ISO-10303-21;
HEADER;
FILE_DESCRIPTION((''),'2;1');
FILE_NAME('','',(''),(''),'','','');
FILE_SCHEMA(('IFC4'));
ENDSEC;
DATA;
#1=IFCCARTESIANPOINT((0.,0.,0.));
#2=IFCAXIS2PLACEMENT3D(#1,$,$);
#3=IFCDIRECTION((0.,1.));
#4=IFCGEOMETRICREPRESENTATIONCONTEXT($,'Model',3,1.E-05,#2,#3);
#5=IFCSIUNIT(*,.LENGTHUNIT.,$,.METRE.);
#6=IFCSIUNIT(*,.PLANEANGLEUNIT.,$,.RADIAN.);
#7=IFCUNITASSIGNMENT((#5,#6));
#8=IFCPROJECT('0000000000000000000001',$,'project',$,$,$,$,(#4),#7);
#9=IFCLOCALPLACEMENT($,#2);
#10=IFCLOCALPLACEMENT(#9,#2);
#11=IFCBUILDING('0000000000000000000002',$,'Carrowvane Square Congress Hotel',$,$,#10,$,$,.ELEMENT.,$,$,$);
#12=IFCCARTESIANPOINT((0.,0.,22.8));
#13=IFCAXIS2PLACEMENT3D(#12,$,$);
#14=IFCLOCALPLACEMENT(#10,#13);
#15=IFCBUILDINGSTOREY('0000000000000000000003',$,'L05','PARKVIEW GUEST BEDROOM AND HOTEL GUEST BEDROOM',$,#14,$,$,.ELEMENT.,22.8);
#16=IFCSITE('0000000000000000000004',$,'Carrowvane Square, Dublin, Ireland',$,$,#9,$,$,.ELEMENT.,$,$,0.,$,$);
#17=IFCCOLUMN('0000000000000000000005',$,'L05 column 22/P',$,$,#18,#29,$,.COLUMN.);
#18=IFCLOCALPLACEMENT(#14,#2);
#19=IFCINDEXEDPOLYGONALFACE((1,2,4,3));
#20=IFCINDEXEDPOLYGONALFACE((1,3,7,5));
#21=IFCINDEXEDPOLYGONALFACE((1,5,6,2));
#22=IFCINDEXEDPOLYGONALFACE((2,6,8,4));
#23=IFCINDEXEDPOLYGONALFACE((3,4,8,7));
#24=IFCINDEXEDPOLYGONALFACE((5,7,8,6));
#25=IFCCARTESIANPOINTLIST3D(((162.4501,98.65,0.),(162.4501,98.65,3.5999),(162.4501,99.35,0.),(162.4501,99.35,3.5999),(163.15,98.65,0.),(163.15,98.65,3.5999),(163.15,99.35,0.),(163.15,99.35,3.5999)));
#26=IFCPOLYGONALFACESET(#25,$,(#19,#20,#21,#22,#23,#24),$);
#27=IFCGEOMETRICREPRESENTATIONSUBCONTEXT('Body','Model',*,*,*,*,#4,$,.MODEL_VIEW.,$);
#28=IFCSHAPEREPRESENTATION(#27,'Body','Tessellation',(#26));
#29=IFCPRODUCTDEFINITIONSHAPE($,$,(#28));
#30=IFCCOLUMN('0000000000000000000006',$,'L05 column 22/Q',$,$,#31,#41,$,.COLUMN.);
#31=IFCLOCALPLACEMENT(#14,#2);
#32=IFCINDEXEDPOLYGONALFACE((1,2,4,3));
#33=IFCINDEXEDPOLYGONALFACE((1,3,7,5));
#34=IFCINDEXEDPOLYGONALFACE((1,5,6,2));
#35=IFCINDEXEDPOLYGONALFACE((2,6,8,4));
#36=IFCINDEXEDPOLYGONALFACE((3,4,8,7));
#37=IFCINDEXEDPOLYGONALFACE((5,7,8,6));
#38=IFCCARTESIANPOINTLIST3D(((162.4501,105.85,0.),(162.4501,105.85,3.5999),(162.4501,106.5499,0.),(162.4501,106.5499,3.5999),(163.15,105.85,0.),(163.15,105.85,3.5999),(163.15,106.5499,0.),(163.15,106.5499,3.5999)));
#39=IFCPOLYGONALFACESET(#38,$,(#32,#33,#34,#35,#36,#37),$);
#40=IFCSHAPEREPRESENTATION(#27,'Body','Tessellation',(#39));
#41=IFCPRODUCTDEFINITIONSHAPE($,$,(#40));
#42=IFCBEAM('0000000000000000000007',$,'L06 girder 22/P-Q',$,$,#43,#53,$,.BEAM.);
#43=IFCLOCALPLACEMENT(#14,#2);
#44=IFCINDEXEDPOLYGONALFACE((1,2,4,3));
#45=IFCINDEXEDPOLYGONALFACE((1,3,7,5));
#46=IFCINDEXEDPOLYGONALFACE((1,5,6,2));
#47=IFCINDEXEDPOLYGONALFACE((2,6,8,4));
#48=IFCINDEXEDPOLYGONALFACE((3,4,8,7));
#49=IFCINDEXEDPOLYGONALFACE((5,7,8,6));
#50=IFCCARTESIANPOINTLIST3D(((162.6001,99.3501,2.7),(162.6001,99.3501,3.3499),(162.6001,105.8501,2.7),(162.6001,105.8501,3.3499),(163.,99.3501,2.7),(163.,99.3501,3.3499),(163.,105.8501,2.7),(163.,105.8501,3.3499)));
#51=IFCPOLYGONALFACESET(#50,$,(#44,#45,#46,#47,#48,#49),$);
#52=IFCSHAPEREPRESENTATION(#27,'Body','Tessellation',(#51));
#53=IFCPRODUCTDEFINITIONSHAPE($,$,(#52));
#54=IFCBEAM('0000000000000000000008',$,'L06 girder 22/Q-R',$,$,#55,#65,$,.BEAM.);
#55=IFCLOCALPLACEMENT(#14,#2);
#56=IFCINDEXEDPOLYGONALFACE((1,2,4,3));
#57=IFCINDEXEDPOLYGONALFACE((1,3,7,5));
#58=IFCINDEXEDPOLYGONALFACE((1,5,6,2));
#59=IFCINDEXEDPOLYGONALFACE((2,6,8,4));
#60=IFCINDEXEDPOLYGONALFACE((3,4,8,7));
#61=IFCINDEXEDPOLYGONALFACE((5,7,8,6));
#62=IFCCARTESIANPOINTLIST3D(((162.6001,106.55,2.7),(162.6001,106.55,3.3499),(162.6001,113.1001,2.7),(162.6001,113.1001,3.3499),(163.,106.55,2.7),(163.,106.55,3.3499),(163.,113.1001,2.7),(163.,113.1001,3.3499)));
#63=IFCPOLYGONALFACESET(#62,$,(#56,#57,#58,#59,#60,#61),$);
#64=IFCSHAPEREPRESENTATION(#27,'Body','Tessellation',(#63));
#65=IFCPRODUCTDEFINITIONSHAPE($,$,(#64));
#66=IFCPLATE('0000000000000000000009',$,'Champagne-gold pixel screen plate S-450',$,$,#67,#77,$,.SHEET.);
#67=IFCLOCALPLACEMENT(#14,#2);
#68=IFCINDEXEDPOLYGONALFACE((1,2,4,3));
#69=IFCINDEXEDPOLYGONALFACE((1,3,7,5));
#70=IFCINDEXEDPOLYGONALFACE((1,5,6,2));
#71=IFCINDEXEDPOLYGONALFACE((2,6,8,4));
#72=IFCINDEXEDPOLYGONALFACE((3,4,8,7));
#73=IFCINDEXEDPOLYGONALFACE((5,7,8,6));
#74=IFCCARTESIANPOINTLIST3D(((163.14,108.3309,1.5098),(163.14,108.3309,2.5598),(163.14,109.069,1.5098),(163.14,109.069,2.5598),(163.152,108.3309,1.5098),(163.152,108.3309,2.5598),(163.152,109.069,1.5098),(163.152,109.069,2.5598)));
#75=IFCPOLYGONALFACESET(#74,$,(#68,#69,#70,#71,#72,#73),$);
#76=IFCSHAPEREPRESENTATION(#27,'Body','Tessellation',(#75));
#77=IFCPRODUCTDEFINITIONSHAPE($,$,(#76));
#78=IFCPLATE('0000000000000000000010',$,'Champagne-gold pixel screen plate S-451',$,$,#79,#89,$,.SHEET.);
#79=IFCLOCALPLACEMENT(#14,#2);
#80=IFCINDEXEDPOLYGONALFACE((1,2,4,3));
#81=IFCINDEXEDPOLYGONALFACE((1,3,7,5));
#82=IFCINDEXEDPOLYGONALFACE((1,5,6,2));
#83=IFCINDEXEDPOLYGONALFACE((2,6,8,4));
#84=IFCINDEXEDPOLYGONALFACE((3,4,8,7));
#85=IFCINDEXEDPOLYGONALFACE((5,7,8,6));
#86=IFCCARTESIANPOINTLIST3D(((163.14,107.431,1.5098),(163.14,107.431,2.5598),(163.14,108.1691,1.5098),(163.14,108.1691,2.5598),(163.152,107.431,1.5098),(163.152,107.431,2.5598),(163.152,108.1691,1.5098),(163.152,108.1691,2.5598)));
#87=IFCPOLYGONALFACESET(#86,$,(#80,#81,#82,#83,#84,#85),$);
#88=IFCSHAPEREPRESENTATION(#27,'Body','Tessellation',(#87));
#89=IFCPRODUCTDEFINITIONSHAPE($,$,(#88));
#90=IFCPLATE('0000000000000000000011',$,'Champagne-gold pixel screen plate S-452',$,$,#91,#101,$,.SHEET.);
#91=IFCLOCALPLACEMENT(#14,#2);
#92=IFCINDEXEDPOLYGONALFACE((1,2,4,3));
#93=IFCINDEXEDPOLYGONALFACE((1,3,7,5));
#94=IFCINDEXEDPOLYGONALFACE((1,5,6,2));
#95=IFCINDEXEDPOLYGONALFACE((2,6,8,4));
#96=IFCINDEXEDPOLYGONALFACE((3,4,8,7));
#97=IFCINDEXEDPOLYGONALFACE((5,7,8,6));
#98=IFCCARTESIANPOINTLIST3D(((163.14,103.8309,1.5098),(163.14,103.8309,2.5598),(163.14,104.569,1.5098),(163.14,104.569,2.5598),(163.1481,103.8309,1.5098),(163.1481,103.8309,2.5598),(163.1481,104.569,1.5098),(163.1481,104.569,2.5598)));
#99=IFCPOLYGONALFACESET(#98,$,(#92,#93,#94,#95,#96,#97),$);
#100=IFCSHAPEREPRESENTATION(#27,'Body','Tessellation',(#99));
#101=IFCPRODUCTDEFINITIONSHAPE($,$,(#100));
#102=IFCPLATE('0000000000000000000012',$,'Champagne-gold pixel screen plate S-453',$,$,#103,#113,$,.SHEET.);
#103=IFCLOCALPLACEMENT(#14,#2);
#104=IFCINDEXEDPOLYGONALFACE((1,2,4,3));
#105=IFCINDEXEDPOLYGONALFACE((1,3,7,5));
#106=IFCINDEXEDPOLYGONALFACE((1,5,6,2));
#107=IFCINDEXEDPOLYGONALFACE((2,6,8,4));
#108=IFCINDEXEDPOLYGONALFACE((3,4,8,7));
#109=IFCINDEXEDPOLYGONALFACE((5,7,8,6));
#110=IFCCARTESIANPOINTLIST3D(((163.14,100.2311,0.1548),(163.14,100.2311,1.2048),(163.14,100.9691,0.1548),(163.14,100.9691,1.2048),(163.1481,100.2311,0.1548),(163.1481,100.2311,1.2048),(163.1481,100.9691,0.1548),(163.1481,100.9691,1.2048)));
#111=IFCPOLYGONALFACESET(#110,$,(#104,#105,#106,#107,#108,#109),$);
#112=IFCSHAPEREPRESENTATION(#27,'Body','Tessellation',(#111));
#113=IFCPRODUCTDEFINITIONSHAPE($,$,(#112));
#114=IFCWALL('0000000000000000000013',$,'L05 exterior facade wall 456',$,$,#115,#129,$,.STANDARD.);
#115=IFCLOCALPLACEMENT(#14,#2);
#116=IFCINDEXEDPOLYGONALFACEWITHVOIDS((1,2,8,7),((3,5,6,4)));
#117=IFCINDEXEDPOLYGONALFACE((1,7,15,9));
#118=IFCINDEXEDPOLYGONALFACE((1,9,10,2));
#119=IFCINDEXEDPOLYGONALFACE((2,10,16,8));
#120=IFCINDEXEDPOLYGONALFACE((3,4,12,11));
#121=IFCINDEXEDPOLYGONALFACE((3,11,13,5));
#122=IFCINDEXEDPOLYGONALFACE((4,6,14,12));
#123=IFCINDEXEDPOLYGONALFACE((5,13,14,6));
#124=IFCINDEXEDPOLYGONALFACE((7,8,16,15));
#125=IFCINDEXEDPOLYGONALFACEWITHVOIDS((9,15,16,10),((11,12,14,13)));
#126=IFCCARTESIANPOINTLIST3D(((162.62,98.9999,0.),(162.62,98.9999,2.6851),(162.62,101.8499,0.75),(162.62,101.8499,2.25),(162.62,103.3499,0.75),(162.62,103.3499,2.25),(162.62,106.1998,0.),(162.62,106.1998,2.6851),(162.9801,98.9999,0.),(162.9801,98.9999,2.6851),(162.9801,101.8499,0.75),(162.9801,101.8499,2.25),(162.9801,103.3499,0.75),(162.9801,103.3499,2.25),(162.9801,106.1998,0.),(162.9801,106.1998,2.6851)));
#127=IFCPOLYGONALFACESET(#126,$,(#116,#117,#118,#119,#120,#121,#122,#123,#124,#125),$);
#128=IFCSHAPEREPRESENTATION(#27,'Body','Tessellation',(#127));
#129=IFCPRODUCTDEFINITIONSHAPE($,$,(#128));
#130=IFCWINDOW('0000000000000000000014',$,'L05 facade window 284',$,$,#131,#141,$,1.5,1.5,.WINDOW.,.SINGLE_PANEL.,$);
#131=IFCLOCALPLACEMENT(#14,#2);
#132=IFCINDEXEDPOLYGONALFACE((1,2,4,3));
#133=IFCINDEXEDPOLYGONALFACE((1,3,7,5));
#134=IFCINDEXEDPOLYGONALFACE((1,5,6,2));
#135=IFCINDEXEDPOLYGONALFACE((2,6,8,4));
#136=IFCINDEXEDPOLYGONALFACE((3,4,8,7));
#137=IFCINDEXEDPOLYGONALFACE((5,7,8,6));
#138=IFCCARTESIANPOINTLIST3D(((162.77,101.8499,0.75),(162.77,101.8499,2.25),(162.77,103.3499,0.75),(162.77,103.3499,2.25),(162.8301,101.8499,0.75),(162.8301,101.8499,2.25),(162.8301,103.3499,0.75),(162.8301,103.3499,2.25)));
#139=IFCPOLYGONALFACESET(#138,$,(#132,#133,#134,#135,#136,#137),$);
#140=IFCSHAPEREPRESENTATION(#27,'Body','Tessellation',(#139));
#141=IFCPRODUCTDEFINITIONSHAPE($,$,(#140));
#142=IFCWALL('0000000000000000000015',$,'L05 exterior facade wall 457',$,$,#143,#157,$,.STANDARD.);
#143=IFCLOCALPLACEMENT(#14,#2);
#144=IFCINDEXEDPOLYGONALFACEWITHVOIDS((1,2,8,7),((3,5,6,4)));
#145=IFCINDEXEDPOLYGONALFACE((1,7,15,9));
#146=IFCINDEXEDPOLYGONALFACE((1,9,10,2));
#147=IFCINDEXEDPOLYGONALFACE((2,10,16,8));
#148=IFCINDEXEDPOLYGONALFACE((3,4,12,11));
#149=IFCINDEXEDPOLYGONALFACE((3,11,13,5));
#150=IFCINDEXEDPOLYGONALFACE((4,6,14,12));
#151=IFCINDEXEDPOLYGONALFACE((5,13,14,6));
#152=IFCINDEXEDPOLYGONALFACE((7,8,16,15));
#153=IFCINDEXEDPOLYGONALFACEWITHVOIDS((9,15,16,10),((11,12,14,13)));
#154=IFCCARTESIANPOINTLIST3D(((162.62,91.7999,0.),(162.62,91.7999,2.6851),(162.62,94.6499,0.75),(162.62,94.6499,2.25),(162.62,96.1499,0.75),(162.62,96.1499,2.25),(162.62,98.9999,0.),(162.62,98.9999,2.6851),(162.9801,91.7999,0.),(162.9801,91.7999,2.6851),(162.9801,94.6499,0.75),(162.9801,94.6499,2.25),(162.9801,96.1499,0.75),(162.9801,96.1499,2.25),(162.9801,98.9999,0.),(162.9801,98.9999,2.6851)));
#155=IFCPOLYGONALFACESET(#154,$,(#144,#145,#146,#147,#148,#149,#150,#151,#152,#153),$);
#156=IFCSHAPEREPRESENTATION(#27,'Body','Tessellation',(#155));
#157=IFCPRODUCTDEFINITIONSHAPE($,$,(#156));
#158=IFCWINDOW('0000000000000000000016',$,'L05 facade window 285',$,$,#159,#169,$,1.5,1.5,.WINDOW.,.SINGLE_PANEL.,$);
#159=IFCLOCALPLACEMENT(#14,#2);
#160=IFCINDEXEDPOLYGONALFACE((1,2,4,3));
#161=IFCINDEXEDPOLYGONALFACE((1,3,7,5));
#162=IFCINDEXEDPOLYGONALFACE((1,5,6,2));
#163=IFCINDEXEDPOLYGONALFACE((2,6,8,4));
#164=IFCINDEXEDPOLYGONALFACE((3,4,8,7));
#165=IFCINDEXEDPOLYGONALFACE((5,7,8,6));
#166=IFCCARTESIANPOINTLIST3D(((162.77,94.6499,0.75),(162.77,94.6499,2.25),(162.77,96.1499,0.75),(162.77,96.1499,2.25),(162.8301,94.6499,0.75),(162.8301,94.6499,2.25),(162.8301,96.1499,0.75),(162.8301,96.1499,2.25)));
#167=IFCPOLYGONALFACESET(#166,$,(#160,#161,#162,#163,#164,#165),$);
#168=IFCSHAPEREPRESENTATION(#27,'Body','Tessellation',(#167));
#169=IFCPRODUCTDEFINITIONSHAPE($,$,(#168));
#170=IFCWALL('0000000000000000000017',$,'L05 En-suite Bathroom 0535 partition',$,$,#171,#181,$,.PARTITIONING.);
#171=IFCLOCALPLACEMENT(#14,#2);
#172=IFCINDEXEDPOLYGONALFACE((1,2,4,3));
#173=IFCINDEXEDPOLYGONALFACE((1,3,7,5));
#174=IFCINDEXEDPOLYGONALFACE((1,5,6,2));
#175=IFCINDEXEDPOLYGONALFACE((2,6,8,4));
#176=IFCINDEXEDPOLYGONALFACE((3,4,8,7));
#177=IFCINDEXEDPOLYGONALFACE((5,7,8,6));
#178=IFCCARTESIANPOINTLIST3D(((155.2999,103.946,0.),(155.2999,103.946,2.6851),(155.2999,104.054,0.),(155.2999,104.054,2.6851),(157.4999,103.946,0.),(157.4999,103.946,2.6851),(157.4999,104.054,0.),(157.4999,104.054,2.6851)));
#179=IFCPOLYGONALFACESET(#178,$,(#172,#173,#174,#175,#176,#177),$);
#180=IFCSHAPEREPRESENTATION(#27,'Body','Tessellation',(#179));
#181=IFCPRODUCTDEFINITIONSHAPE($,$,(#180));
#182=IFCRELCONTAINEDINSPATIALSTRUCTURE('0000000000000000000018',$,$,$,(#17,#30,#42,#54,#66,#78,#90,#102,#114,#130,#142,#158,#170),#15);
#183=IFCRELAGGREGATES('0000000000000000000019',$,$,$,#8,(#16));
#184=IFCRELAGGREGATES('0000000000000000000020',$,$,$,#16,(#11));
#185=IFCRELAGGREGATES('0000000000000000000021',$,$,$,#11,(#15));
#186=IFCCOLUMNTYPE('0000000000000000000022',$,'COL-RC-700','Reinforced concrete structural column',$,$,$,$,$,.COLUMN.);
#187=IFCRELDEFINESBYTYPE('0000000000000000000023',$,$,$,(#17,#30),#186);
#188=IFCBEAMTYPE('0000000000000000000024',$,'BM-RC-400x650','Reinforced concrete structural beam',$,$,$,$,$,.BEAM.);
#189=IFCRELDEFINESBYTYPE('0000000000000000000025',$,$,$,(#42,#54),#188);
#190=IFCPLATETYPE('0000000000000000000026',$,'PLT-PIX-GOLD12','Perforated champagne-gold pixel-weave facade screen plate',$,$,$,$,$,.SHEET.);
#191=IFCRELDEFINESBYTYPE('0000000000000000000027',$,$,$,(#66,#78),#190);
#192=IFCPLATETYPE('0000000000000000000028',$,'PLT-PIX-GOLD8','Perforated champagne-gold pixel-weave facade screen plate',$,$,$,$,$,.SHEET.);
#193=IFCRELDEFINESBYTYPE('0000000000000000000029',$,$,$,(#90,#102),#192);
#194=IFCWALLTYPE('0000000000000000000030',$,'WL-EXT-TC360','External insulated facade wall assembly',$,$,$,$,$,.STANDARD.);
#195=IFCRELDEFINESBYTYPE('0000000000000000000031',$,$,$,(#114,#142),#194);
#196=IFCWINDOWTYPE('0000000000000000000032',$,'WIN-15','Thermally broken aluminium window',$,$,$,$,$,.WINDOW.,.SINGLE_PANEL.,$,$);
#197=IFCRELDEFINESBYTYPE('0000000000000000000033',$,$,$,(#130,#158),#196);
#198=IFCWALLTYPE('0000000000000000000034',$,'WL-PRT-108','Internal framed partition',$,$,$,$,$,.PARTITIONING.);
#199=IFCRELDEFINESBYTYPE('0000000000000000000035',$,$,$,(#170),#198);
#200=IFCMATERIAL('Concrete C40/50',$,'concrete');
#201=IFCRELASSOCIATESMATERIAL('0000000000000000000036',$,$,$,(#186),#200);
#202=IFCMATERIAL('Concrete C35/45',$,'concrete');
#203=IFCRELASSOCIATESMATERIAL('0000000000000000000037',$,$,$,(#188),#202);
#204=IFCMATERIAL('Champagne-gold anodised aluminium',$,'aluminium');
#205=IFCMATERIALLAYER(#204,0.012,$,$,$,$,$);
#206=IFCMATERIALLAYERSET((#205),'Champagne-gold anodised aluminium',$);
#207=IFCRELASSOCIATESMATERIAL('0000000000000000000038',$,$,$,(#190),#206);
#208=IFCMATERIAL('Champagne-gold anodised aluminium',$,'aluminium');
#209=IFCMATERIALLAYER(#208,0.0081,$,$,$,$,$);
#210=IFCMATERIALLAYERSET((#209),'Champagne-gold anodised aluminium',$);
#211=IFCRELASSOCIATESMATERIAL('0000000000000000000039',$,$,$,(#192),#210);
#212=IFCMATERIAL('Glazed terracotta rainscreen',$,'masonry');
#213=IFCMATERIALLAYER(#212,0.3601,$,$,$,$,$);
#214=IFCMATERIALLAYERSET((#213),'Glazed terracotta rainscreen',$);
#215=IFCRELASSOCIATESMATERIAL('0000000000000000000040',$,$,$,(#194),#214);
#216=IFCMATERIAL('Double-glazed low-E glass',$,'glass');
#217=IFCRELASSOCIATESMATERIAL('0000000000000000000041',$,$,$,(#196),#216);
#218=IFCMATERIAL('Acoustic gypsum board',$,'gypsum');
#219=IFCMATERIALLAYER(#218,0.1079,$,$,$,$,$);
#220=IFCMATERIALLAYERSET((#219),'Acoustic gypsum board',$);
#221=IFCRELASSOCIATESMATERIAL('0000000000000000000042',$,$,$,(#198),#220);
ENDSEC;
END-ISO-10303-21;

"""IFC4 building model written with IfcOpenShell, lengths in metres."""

from ifc_helpers import new_model, si_unit, direction, frame, frame_2d, origin, origin_2d, place, context, subcontext, project, spatial, rectangle, extrude, material, layer, layer_set, material_profile, profile_set, type_object, element, fill, save


model = new_model("IFC4")

# Units and contexts
model_context = context("Model", 3, precision=1e-05, world=origin(), true_north=direction((0.0, 1.0)))
body_context = subcontext(model_context, "Body", "Model", "MODEL_VIEW")
ifc_project = project(units=[si_unit("LENGTHUNIT", "METRE"), si_unit("PLANEANGLEUNIT", "RADIAN")], contexts=[model_context])

# Site, building, storey
site_placement = place(None, origin())
site = spatial("IfcSite", under=ifc_project, at=site_placement, Name="Carrowvane Square, Dublin, Ireland", CompositionType="ELEMENT", RefElevation=0.0)
building_placement = place(site_placement, origin())
building = spatial("IfcBuilding", under=site, at=building_placement, Name="Carrowvane Square Congress Hotel", CompositionType="ELEMENT")
storey_placement = place(building_placement, frame((0.0, 0.0, 22.8)))
storey = spatial("IfcBuildingStorey", under=building, at=storey_placement, Name="L05", Description="PARKVIEW GUEST BEDROOM AND HOTEL GUEST BEDROOM", CompositionType="ELEMENT", Elevation=22.8)

# Columns
ifc_material_1 = material(Name="Concrete C40/50", Category="concrete")
ifc_material_profile_1 = material_profile(ifc_material_1, rectangle(XDim=0.7, YDim=0.7, at=origin_2d()), Name="RC 700x700")
ifc_profile_set_1 = profile_set([ifc_material_profile_1], Name="Concrete C40/50")
column_type = type_object("IfcColumnType", Name="COL-RC-700", Description="Reinforced concrete structural column", PredefinedType="COLUMN", material=ifc_profile_set_1)
for number, where, z_axis, x_axis, name in (
    (1, (162.8, 99.0, 0.0), (0.0, 0.0, 1.0), (1.0, 0.0, 0.0), "L05 column 22/P"),
    (2, (162.8, 106.2, 0.0), (0.0, 0.0, 1.0), (1.0, 0.0, 0.0), "L05 column 22/Q"),
):
    element("IfcColumn", number, at=place(storey_placement, frame(where, z_axis=z_axis, x_axis=x_axis)), inside=storey, type_object=column_type, Name=name, PredefinedType="COLUMN", context=body_context, shape_type="SweptSolid", body=[
        extrude(rectangle(XDim=0.7, YDim=0.7, at=origin_2d()), origin(), (0.0, 0.0, 1.0), 3.5999),
    ])

# Beams
ifc_material_2 = material(Name="Concrete C35/45", Category="concrete")
ifc_material_profile_2 = material_profile(ifc_material_2, rectangle(XDim=0.3999, YDim=0.6499, at=origin_2d()), Name="RC 400x650")
ifc_profile_set_2 = profile_set([ifc_material_profile_2], Name="Concrete C35/45")
beam_type = type_object("IfcBeamType", Name="BM-RC-400x650", Description="Reinforced concrete structural beam", PredefinedType="BEAM", material=ifc_profile_set_2)
beam_1_placement = place(storey_placement, frame((162.8, 99.3501, 3.0249), z_axis=(0.0, 1.0, 0.0), x_axis=(-1.0, 0.0, 0.0)))
element("IfcBeam", 3, at=beam_1_placement, inside=storey, type_object=beam_type, Name="L06 girder 22/P-Q", PredefinedType="BEAM", context=body_context, shape_type="SweptSolid", body=[
    extrude(rectangle(XDim=0.3999, YDim=0.6499, at=origin_2d()), origin(), (0.0, 0.0, 1.0), 6.5),
])
beam_2_placement = place(storey_placement, frame((162.8, 106.55, 3.0249), z_axis=(0.0, 1.0, 0.0), x_axis=(-1.0, 0.0, 0.0)))
element("IfcBeam", 4, at=beam_2_placement, inside=storey, type_object=beam_type, Name="L06 girder 22/Q-R", PredefinedType="BEAM", context=body_context, shape_type="SweptSolid", body=[
    extrude(rectangle(XDim=0.3999, YDim=0.6499, at=origin_2d()), origin(), (0.0, 0.0, 1.0), 6.55),
])

# Plates
ifc_material_3 = material(Name="Champagne-gold anodised aluminium", Category="aluminium")
ifc_layer_1 = layer(ifc_material_3, 0.012)
ifc_layer_set_1 = layer_set([ifc_layer_1], Name="Champagne-gold anodised aluminium")
plate_type_1 = type_object("IfcPlateType", Name="PLT-PIX-GOLD12", Description="Perforated champagne-gold pixel-weave facade screen plate", PredefinedType="SHEET", material=ifc_layer_set_1)
for number, where, z_axis, x_axis, name in (
    (5, (163.146, 108.7, 1.5098), (0.0, 0.0, 1.0), (0.0, -1.0, 0.0), "Champagne-gold pixel screen plate S-450"),
    (6, (163.146, 107.8, 1.5098), (0.0, 0.0, 1.0), (0.0, -1.0, 0.0), "Champagne-gold pixel screen plate S-451"),
):
    element("IfcPlate", number, at=place(storey_placement, frame(where, z_axis=z_axis, x_axis=x_axis)), inside=storey, type_object=plate_type_1, Name=name, PredefinedType="SHEET", context=body_context, shape_type="SweptSolid", body=[
        extrude(rectangle(XDim=0.738, YDim=0.012, at=origin_2d()), origin(), (0.0, 0.0, 1.0), 1.05),
    ])
ifc_material_4 = material(Name="Champagne-gold anodised aluminium", Category="aluminium")
ifc_layer_2 = layer(ifc_material_4, 0.0081)
ifc_layer_set_2 = layer_set([ifc_layer_2], Name="Champagne-gold anodised aluminium")
plate_type_2 = type_object("IfcPlateType", Name="PLT-PIX-GOLD8", Description="Perforated champagne-gold pixel-weave facade screen plate", PredefinedType="SHEET", material=ifc_layer_set_2)
for number, where, z_axis, x_axis, name in (
    (7, (163.144, 104.2, 1.5098), (0.0, 0.0, 1.0), (0.0, -1.0, 0.0), "Champagne-gold pixel screen plate S-452"),
    (8, (163.144, 100.6001, 0.1548), (0.0, 0.0, 1.0), (0.0, -1.0, 0.0), "Champagne-gold pixel screen plate S-453"),
):
    element("IfcPlate", number, at=place(storey_placement, frame(where, z_axis=z_axis, x_axis=x_axis)), inside=storey, type_object=plate_type_2, Name=name, PredefinedType="SHEET", context=body_context, shape_type="SweptSolid", body=[
        extrude(rectangle(XDim=0.738, YDim=0.0081, at=origin_2d()), origin(), (0.0, 0.0, 1.0), 1.05),
    ])

# Walls, openings, windows
ifc_material_5 = material(Name="Glazed terracotta rainscreen", Category="masonry")
ifc_layer_3 = layer(ifc_material_5, 0.3601)
ifc_layer_set_3 = layer_set([ifc_layer_3], Name="Glazed terracotta rainscreen")
wall_type_1 = type_object("IfcWallType", Name="WL-EXT-TC360", Description="External insulated facade wall assembly", PredefinedType="STANDARD", material=ifc_layer_set_3)
wall_1_placement = place(storey_placement, frame((162.8, 106.2, 0.0), z_axis=(0.0, 0.0, 1.0), x_axis=(0.0, -1.0, 0.0)))
wall_1 = element("IfcWall", 9, at=wall_1_placement, inside=storey, type_object=wall_type_1, Name="L05 exterior facade wall 456", PredefinedType="STANDARD", context=body_context, shape_type="SweptSolid", body=[
    extrude(rectangle(XDim=7.2, YDim=0.3601, at=frame_2d((3.6001, 0.0))), origin(), (0.0, 0.0, 1.0), 2.6851),
])
opening_1_placement = place(wall_1_placement, frame((2.8501, 0.0, 0.75)))
opening_1 = element("IfcOpeningElement", 10, at=opening_1_placement, cuts=wall_1, PredefinedType="OPENING", context=body_context, shape_type="SweptSolid", body=[
    extrude(rectangle(XDim=1.5, YDim=1.5, at=frame_2d((0.75, 0.75))), frame((0.0, 0.1899, 0.0), z_axis=(0.0, -1.0, 0.0), x_axis=(1.0, 0.0, 0.0)), (0.0, 0.0, 1.0), 0.3801),
])
ifc_material_6 = material(Name="Double-glazed low-E glass", Category="glass")
window_type = type_object("IfcWindowType", Name="WIN-15", Description="Thermally broken aluminium window", PartitioningType="SINGLE_PANEL", PredefinedType="WINDOW", material=ifc_material_6)
window_1_placement = place(opening_1_placement, origin())
window_1 = element("IfcWindow", 11, at=window_1_placement, inside=storey, type_object=window_type, Name="L05 facade window 284", OverallHeight=1.5, OverallWidth=1.5, PartitioningType="SINGLE_PANEL", PredefinedType="WINDOW", context=body_context, shape_type="SweptSolid", body=[
    extrude(rectangle(XDim=1.5, YDim=1.5, at=frame_2d((0.75, 0.75))), frame((0.0, 0.03, 0.0), z_axis=(0.0, -1.0, 0.0), x_axis=(1.0, 0.0, 0.0)), (0.0, 0.0, 1.0), 0.0601),
])
fill(opening_1, window_1)
wall_2_placement = place(storey_placement, frame((162.8, 99.0, 0.0), z_axis=(0.0, 0.0, 1.0), x_axis=(0.0, -1.0, 0.0)))
wall_2 = element("IfcWall", 12, at=wall_2_placement, inside=storey, type_object=wall_type_1, Name="L05 exterior facade wall 457", PredefinedType="STANDARD", context=body_context, shape_type="SweptSolid", body=[
    extrude(rectangle(XDim=7.2, YDim=0.3601, at=frame_2d((3.6001, 0.0))), origin(), (0.0, 0.0, 1.0), 2.6851),
])
opening_2_placement = place(wall_2_placement, frame((2.8501, 0.0, 0.75)))
opening_2 = element("IfcOpeningElement", 13, at=opening_2_placement, cuts=wall_2, PredefinedType="OPENING", context=body_context, shape_type="SweptSolid", body=[
    extrude(rectangle(XDim=1.5, YDim=1.5, at=frame_2d((0.75, 0.75))), frame((0.0, 0.1899, 0.0), z_axis=(0.0, -1.0, 0.0), x_axis=(1.0, 0.0, 0.0)), (0.0, 0.0, 1.0), 0.3801),
])
window_2_placement = place(opening_2_placement, origin())
window_2 = element("IfcWindow", 14, at=window_2_placement, inside=storey, type_object=window_type, Name="L05 facade window 285", OverallHeight=1.5, OverallWidth=1.5, PartitioningType="SINGLE_PANEL", PredefinedType="WINDOW", context=body_context, shape_type="SweptSolid", body=[
    extrude(rectangle(XDim=1.5, YDim=1.5, at=frame_2d((0.75, 0.75))), frame((0.0, 0.03, 0.0), z_axis=(0.0, -1.0, 0.0), x_axis=(1.0, 0.0, 0.0)), (0.0, 0.0, 1.0), 0.0601),
])
fill(opening_2, window_2)

# Wall
ifc_material_7 = material(Name="Acoustic gypsum board", Category="gypsum")
ifc_layer_4 = layer(ifc_material_7, 0.1079)
ifc_layer_set_4 = layer_set([ifc_layer_4], Name="Acoustic gypsum board")
wall_type_2 = type_object("IfcWallType", Name="WL-PRT-108", Description="Internal framed partition", PredefinedType="PARTITIONING", material=ifc_layer_set_4)
wall_3_placement = place(storey_placement, frame((157.5, 104.0, 0.0), z_axis=(0.0, 0.0, 1.0), x_axis=(-1.0, 0.0, 0.0)))
element("IfcWall", 15, at=wall_3_placement, inside=storey, type_object=wall_type_2, Name="L05 En-suite Bathroom 0535 partition", PredefinedType="PARTITIONING", context=body_context, shape_type="SweptSolid", body=[
    extrude(rectangle(XDim=2.2, YDim=0.1079, at=frame_2d((1.1001, 0.0))), origin(), (0.0, 0.0, 1.0), 2.6851),
])

save(model, "model.ifc")
